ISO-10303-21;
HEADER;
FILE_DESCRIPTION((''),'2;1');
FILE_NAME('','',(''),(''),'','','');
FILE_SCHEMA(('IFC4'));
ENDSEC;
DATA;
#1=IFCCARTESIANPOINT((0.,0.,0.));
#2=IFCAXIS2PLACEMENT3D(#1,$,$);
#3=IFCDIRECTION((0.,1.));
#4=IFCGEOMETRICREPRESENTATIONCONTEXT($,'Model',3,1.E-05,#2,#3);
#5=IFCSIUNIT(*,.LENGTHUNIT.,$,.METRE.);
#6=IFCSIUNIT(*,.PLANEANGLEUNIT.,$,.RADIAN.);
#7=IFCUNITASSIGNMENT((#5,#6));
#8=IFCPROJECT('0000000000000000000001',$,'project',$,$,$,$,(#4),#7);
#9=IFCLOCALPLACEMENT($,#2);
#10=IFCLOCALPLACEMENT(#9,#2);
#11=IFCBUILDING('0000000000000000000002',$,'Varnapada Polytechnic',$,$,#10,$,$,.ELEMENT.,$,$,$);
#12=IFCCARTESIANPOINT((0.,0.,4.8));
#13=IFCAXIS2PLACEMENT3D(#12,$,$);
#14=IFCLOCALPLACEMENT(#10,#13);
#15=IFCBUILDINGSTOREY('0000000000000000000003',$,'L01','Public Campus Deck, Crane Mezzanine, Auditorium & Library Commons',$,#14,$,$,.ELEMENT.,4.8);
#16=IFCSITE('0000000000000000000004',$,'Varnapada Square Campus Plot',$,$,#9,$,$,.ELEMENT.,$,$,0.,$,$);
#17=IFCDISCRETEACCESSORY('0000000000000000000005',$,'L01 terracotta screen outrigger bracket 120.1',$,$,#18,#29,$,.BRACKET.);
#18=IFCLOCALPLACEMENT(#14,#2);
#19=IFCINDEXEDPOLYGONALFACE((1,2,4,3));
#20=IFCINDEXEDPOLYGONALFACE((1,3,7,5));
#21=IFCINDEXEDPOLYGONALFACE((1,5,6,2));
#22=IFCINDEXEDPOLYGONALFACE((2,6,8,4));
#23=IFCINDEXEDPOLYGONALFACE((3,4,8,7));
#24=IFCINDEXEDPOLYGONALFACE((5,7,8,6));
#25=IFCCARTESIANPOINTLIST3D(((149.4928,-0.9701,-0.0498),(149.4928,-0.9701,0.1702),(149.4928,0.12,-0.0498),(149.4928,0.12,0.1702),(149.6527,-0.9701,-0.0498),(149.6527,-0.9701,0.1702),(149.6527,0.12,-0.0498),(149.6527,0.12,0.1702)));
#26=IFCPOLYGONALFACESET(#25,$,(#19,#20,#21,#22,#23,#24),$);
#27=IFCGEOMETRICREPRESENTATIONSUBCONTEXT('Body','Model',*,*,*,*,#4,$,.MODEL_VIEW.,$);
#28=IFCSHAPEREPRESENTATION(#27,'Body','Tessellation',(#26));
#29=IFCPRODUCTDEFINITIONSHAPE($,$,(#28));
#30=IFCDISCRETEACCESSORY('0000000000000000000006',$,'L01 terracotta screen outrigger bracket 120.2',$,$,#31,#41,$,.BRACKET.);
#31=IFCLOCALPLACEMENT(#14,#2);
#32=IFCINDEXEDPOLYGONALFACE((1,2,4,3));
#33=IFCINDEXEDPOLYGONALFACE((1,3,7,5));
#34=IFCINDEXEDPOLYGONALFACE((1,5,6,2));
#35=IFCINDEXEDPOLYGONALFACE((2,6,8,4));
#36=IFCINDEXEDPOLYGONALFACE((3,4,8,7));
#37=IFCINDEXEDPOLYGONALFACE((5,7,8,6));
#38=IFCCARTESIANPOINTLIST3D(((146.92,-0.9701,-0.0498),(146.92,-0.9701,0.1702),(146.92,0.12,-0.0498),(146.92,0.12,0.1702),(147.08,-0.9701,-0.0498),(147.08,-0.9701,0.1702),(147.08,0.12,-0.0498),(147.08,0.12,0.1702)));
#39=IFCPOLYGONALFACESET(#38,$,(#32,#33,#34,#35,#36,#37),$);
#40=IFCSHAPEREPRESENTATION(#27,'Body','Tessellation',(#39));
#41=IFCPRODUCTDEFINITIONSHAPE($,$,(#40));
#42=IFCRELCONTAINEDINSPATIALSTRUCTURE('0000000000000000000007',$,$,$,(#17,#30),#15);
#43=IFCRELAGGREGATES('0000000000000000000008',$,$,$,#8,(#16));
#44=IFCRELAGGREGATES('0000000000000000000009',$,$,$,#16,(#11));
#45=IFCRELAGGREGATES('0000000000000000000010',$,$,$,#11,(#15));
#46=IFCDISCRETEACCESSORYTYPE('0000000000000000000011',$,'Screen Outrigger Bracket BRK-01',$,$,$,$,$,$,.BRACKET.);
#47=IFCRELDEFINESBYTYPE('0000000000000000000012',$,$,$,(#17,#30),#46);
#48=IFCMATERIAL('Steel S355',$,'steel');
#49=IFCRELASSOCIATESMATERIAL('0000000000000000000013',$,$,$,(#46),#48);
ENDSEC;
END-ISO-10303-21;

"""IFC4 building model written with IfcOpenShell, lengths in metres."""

from ifc_helpers import new_model, si_unit, direction, frame, origin, origin_2d, place, context, subcontext, project, spatial, rectangle, extrude, material, type_object, element, save


model = new_model("IFC4")

# Units and contexts
model_context = context("Model", 3, precision=1e-05, world=origin(), true_north=direction((0.0, 1.0)))
body_context = subcontext(model_context, "Body", "Model", "MODEL_VIEW")
ifc_project = project(units=[si_unit("LENGTHUNIT", "METRE"), si_unit("PLANEANGLEUNIT", "RADIAN")], contexts=[model_context])

# Site, building, storey
site_placement = place(None, origin())
site = spatial("IfcSite", under=ifc_project, at=site_placement, Name="Varnapada Square Campus Plot", CompositionType="ELEMENT", RefElevation=0.0)
building_placement = place(site_placement, origin())
building = spatial("IfcBuilding", under=site, at=building_placement, Name="Varnapada Polytechnic", CompositionType="ELEMENT")
storey_placement = place(building_placement, frame((0.0, 0.0, 4.8)))
storey = spatial("IfcBuildingStorey", under=building, at=storey_placement, Name="L01", Description="Public Campus Deck, Crane Mezzanine, Auditorium & Library Commons", CompositionType="ELEMENT", Elevation=4.8)

# Discrete accessories
ifc_material_1 = material(Name="Steel S355", Category="steel")
discrete_accessory_type = type_object("IfcDiscreteAccessoryType", Name="Screen Outrigger Bracket BRK-01", PredefinedType="BRACKET", material=ifc_material_1)
for number, where, z_axis, x_axis, name in (
    (1, (149.5728, -0.425, -0.0498), (0.0, 0.0, 1.0), (-1.0, 0.0, 0.0), "L01 terracotta screen outrigger bracket 120.1"),
    (2, (147.0, -0.425, -0.0498), (0.0, 0.0, 1.0), (-1.0, 0.0, 0.0), "L01 terracotta screen outrigger bracket 120.2"),
):
    element("IfcDiscreteAccessory", number, at=place(storey_placement, frame(where, z_axis=z_axis, x_axis=x_axis)), inside=storey, type_object=discrete_accessory_type, Name=name, PredefinedType="BRACKET", context=body_context, shape_type="SweptSolid", body=[
        extrude(rectangle(XDim=0.1599, YDim=1.0901, at=origin_2d()), origin(), (0.0, 0.0, 1.0), 0.22),
    ])

save(model, "model.ifc")
